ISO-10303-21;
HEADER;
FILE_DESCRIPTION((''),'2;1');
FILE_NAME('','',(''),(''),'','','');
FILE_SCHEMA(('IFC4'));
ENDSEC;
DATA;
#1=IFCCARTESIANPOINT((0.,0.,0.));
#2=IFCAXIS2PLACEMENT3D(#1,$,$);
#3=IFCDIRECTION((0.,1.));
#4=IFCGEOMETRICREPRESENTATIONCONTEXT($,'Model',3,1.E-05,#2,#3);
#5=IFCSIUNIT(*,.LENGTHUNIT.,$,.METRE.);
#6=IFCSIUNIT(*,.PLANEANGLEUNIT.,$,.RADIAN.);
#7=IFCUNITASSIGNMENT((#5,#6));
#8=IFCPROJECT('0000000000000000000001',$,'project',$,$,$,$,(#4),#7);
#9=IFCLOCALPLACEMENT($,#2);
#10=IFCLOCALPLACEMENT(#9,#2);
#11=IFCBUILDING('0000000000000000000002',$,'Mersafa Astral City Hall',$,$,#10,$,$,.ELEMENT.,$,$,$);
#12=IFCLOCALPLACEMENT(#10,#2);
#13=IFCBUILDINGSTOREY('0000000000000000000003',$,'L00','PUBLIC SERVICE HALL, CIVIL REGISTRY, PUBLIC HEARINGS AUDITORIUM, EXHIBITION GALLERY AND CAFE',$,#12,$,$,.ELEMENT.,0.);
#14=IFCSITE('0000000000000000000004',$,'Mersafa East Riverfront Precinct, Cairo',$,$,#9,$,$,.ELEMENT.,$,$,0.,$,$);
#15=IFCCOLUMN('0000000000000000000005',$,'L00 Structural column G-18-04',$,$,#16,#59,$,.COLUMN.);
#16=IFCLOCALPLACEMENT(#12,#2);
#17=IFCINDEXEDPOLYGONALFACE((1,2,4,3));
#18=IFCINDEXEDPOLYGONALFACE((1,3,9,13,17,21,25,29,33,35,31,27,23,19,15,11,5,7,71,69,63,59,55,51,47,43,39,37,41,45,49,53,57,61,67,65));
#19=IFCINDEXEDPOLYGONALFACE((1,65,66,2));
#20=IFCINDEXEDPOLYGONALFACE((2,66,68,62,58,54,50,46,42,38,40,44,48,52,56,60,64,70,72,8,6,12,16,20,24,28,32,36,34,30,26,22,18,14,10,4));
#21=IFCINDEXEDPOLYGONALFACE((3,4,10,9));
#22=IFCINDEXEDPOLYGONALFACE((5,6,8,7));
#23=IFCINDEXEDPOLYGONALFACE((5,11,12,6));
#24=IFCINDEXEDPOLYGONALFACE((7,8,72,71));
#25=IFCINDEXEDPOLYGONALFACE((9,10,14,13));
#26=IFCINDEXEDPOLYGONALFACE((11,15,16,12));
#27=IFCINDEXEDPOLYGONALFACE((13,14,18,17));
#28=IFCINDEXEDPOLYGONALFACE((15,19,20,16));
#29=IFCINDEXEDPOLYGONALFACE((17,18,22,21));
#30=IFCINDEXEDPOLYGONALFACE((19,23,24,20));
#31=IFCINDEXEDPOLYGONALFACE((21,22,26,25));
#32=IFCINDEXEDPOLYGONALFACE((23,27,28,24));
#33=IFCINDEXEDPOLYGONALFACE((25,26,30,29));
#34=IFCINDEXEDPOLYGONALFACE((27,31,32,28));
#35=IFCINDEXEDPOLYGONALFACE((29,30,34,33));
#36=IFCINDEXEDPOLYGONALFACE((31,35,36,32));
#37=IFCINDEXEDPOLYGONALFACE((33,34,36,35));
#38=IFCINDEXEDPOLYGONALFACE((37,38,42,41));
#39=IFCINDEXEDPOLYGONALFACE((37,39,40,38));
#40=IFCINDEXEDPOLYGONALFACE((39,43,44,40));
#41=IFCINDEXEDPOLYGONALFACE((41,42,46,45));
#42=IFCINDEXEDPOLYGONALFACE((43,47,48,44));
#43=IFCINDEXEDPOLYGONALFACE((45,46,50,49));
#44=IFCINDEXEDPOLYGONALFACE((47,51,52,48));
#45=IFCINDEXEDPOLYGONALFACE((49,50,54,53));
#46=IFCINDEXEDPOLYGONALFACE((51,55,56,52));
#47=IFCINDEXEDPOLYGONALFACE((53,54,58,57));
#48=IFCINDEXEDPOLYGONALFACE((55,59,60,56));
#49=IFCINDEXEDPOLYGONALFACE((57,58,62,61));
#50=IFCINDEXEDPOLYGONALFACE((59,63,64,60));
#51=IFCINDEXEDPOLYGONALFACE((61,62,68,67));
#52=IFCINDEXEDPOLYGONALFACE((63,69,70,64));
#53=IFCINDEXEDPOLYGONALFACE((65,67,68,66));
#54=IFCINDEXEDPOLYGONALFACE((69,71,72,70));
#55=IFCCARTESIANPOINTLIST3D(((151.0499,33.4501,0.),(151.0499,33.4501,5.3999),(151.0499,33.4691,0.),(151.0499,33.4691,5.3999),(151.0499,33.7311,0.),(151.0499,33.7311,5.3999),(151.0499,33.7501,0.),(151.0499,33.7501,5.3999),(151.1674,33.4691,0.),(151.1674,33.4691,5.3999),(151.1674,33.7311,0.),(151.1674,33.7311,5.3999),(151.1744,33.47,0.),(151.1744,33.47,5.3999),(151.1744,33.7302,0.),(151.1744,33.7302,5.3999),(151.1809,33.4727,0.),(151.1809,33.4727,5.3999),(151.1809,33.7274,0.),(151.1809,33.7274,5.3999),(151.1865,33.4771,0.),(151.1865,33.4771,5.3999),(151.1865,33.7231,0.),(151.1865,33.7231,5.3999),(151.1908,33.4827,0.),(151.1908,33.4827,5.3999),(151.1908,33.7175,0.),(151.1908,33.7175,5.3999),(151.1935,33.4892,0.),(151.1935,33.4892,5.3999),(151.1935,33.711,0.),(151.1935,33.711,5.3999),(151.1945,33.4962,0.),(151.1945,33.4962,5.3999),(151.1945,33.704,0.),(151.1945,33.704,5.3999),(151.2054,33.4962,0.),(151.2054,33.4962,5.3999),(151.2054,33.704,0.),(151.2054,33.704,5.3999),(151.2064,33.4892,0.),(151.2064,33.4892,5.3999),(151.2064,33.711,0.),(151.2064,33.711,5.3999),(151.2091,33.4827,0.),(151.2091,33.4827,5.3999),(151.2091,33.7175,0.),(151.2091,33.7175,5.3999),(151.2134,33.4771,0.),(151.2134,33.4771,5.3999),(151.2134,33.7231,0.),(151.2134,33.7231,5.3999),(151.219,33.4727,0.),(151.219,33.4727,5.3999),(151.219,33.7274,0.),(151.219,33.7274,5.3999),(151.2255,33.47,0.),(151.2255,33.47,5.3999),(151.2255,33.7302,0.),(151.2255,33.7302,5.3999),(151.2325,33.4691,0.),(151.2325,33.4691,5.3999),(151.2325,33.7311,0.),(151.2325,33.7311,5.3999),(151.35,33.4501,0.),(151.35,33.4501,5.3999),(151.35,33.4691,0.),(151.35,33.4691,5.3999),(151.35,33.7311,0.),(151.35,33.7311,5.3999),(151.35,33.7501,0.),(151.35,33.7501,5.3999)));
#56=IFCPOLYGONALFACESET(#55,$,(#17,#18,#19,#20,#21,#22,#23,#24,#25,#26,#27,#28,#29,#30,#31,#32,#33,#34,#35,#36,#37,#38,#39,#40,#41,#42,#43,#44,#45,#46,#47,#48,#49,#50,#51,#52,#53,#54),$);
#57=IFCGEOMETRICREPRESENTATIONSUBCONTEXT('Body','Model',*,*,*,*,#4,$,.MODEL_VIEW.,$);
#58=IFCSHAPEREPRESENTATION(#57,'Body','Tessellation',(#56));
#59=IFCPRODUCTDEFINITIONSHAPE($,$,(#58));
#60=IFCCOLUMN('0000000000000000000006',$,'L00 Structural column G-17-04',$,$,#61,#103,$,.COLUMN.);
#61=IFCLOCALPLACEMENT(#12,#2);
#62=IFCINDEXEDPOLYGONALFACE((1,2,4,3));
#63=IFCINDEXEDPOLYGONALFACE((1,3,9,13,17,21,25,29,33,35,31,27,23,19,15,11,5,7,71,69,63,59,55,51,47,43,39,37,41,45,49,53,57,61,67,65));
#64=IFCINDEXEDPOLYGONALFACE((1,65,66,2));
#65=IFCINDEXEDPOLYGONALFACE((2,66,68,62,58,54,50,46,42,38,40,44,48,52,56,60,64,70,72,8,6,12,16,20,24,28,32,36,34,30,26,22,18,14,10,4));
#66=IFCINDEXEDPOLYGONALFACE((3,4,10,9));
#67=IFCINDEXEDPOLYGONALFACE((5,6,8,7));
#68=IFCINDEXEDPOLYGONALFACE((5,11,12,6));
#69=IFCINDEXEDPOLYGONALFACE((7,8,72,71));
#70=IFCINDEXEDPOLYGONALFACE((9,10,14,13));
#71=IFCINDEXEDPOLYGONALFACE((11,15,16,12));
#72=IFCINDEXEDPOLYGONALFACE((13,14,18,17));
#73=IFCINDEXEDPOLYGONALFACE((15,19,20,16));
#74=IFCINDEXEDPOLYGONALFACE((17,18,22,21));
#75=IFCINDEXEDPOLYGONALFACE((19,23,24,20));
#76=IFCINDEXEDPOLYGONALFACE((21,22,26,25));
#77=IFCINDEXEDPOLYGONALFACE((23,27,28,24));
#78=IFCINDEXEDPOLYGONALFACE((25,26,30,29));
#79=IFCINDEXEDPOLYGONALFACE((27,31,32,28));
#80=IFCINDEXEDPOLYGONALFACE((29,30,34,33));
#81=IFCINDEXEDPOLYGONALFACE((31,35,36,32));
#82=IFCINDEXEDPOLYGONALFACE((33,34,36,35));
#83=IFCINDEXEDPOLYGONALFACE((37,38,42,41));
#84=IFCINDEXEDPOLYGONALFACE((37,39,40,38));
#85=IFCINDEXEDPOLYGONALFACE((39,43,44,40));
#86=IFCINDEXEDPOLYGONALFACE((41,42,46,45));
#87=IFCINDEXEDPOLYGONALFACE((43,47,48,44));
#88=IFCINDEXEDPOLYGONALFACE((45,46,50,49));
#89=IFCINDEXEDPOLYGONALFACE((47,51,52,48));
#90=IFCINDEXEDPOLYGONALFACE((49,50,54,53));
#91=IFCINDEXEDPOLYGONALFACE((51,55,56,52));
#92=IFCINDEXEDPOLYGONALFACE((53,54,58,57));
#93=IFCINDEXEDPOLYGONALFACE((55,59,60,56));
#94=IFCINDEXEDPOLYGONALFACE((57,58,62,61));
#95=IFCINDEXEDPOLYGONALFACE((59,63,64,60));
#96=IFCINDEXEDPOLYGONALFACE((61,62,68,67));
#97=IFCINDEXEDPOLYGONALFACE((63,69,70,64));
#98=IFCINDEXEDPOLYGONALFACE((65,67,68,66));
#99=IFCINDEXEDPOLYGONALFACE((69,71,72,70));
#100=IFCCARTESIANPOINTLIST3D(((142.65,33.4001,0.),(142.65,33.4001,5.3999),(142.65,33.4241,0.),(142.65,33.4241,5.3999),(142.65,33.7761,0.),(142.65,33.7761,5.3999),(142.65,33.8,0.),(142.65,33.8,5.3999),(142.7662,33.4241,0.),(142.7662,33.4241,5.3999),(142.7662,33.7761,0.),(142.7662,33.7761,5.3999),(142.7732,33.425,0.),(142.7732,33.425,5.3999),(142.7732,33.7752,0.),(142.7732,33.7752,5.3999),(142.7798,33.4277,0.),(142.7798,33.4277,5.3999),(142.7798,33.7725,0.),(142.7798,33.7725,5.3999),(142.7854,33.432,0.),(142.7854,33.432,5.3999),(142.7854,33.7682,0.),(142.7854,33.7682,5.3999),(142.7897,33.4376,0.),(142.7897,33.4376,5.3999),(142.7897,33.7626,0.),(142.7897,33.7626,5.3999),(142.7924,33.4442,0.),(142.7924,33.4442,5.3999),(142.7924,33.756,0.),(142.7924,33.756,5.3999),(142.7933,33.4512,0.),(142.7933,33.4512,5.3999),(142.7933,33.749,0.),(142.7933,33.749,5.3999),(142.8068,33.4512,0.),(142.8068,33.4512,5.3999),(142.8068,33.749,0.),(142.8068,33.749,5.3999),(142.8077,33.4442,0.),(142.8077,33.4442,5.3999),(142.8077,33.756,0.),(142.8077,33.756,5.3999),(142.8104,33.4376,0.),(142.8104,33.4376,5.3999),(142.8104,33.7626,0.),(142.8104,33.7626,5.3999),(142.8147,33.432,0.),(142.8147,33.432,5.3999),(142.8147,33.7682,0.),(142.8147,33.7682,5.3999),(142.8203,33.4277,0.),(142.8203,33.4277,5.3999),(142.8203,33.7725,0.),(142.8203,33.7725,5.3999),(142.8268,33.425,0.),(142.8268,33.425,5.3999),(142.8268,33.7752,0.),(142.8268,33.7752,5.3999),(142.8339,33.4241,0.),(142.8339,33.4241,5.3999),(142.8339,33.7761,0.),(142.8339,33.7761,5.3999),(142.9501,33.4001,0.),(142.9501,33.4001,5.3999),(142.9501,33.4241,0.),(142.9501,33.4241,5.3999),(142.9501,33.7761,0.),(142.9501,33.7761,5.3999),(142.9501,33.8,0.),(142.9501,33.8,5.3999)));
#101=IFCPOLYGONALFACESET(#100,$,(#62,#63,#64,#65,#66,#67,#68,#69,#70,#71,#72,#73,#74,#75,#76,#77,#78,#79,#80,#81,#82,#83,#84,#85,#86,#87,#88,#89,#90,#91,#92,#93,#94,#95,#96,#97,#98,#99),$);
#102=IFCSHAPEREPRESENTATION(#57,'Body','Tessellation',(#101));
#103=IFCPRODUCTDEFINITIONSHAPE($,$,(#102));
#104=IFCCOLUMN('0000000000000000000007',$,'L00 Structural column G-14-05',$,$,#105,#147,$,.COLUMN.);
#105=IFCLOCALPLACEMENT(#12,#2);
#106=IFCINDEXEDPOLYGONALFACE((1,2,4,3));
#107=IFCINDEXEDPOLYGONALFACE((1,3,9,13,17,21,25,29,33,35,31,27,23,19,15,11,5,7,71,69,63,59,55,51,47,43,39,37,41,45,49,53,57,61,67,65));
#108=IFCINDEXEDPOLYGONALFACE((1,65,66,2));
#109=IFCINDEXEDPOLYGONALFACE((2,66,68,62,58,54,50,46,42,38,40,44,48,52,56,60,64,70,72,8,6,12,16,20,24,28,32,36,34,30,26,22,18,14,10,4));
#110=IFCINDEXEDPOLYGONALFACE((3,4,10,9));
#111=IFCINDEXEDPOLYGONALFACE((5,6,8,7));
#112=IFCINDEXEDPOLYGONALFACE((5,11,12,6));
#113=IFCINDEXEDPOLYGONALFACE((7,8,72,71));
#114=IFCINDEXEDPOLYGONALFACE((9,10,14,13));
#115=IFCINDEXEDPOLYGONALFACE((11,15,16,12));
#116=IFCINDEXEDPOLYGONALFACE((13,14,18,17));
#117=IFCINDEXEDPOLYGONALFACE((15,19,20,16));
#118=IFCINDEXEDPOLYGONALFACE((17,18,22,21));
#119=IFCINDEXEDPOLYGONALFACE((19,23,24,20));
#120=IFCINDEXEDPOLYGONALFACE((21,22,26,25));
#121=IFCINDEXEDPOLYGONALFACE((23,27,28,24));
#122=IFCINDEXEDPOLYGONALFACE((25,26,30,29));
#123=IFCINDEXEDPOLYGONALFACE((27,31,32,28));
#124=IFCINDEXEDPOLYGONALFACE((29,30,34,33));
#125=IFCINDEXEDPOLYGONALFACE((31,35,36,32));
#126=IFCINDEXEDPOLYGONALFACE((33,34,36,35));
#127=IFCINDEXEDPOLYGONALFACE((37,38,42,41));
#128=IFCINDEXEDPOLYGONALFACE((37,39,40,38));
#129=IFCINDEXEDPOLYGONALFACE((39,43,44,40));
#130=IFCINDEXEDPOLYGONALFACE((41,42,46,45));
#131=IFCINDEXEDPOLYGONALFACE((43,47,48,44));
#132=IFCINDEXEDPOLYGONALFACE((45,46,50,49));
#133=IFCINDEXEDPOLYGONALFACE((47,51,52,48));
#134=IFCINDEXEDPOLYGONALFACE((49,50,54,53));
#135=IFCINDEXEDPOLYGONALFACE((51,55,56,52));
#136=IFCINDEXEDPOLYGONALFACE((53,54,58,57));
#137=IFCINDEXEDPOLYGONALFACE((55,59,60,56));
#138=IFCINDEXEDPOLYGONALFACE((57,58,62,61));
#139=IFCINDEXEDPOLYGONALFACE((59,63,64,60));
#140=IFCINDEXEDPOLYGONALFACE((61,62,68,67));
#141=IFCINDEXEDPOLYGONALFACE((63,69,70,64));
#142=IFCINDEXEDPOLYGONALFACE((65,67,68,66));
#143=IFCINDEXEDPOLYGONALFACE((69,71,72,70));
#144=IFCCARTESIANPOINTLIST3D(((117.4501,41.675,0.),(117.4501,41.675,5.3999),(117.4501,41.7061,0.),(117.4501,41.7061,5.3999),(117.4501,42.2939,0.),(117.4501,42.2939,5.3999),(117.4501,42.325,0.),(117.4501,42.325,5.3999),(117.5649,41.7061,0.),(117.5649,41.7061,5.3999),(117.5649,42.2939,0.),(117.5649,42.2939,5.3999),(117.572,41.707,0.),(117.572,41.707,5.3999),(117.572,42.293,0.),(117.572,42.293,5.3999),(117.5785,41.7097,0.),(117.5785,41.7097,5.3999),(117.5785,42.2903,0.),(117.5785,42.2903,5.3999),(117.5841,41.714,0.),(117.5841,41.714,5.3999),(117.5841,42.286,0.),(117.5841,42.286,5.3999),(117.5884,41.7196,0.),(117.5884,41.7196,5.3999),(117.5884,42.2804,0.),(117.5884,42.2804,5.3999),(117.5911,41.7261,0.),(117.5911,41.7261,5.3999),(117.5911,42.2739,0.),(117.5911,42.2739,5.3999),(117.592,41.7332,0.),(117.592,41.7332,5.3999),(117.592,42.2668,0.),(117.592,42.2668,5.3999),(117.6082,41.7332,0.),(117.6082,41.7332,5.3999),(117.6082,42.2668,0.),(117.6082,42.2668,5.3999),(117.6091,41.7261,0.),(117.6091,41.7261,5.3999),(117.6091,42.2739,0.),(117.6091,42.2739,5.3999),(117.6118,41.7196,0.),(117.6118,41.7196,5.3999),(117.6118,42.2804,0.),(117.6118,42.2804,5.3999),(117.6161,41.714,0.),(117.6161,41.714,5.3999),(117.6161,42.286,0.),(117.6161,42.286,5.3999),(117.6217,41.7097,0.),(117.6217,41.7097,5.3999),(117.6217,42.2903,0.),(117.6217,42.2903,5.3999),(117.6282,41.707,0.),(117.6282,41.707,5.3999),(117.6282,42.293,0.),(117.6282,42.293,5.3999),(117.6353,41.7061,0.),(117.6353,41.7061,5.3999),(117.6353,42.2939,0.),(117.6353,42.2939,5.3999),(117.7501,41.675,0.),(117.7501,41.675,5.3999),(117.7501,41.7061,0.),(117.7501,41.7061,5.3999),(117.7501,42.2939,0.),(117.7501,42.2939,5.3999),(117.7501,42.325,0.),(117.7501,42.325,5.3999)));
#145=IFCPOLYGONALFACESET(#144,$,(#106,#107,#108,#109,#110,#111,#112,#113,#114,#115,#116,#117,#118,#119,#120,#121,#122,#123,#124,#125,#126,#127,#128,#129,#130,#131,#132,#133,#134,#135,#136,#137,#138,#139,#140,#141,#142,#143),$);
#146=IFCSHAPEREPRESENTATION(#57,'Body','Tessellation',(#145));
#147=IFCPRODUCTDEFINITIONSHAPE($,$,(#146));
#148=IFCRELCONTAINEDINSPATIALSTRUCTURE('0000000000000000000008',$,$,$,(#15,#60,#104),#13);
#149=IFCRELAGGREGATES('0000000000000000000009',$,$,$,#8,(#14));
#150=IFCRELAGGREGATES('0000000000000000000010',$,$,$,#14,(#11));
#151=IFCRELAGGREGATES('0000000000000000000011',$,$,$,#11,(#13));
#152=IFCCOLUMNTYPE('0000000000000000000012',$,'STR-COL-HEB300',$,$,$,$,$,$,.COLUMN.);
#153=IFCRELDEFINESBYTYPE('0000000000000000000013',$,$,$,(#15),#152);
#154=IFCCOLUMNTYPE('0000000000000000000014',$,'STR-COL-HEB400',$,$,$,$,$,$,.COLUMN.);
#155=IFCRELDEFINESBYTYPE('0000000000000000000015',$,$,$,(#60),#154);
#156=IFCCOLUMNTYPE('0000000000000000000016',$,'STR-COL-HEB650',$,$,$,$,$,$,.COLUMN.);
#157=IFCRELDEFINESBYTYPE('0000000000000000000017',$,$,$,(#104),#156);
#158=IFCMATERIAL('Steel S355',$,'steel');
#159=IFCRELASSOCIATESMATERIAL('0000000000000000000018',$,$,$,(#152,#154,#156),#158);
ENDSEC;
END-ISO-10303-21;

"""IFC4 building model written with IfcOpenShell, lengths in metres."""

from ifc_helpers import new_model, si_unit, direction, frame, origin, origin_2d, place, context, subcontext, project, spatial, i_section, extrude, material, material_profile, profile_set, type_object, element, save


model = new_model("IFC4")

# Units and contexts
model_context = context("Model", 3, precision=1e-05, world=origin(), true_north=direction((0.0, 1.0)))
body_context = subcontext(model_context, "Body", "Model", "MODEL_VIEW")
ifc_project = project(units=[si_unit("LENGTHUNIT", "METRE"), si_unit("PLANEANGLEUNIT", "RADIAN")], contexts=[model_context])

# Site, building, storey
site_placement = place(None, origin())
site = spatial("IfcSite", under=ifc_project, at=site_placement, Name="Mersafa East Riverfront Precinct, Cairo", CompositionType="ELEMENT", RefElevation=0.0)
building_placement = place(site_placement, origin())
building = spatial("IfcBuilding", under=site, at=building_placement, Name="Mersafa Astral City Hall", CompositionType="ELEMENT")
storey_placement = place(building_placement, origin())
storey = spatial("IfcBuildingStorey", under=building, at=storey_placement, Name="L00", Description="PUBLIC SERVICE HALL, CIVIL REGISTRY, PUBLIC HEARINGS AUDITORIUM, EXHIBITION GALLERY AND CAFE", CompositionType="ELEMENT", Elevation=0.0)

# Columns
ifc_material_1 = material(Name="Steel S355", Category="steel")
ifc_material_profile_1 = material_profile(ifc_material_1, i_section(OverallWidth=0.3, OverallDepth=0.3, WebThickness=0.011, FlangeThickness=0.019, FilletRadius=0.0271, at=origin_2d()), Name="HEB 300")
ifc_profile_set_1 = profile_set([ifc_material_profile_1], Name="Steel S355")
column_type_1 = type_object("IfcColumnType", Name="STR-COL-HEB300", PredefinedType="COLUMN", material=ifc_profile_set_1)
column_1_placement = place(storey_placement, frame((151.2, 33.6001, 0.0), z_axis=(0.0, 0.0, 1.0), x_axis=(1.0, 0.0, 0.0)))
element("IfcColumn", 1, at=column_1_placement, inside=storey, type_object=column_type_1, Name="L00 Structural column G-18-04", PredefinedType="COLUMN", context=body_context, shape_type="SweptSolid", body=[
    extrude(i_section(OverallWidth=0.3, OverallDepth=0.3, WebThickness=0.011, FlangeThickness=0.019, FilletRadius=0.0271, at=origin_2d()), origin(), (0.0, 0.0, 1.0), 5.3999),
])
ifc_material_profile_2 = material_profile(ifc_material_1, i_section(OverallWidth=0.3, OverallDepth=0.3999, WebThickness=0.0134, FlangeThickness=0.0239, FilletRadius=0.0271, at=origin_2d()), Name="HEB 400")
ifc_profile_set_2 = profile_set([ifc_material_profile_2], Name="Steel S355")
column_type_2 = type_object("IfcColumnType", Name="STR-COL-HEB400", PredefinedType="COLUMN", material=ifc_profile_set_2)
column_2_placement = place(storey_placement, frame((142.8, 33.6001, 0.0), z_axis=(0.0, 0.0, 1.0), x_axis=(1.0, 0.0, 0.0)))
element("IfcColumn", 2, at=column_2_placement, inside=storey, type_object=column_type_2, Name="L00 Structural column G-17-04", PredefinedType="COLUMN", context=body_context, shape_type="SweptSolid", body=[
    extrude(i_section(OverallWidth=0.3, OverallDepth=0.3999, WebThickness=0.0134, FlangeThickness=0.0239, FilletRadius=0.0271, at=origin_2d()), origin(), (0.0, 0.0, 1.0), 5.3999),
])
ifc_material_profile_3 = material_profile(ifc_material_1, i_section(OverallWidth=0.3, OverallDepth=0.6499, WebThickness=0.0161, FlangeThickness=0.031, FilletRadius=0.0271, at=origin_2d()), Name="HEB 650")
ifc_profile_set_3 = profile_set([ifc_material_profile_3], Name="Steel S355")
column_type_3 = type_object("IfcColumnType", Name="STR-COL-HEB650", PredefinedType="COLUMN", material=ifc_profile_set_3)
column_3_placement = place(storey_placement, frame((117.6001, 42.0, 0.0), z_axis=(0.0, 0.0, 1.0), x_axis=(1.0, 0.0, 0.0)))
element("IfcColumn", 3, at=column_3_placement, inside=storey, type_object=column_type_3, Name="L00 Structural column G-14-05", PredefinedType="COLUMN", context=body_context, shape_type="SweptSolid", body=[
    extrude(i_section(OverallWidth=0.3, OverallDepth=0.6499, WebThickness=0.0161, FlangeThickness=0.031, FilletRadius=0.0271, at=origin_2d()), origin(), (0.0, 0.0, 1.0), 5.3999),
])

save(model, "model.ifc")
